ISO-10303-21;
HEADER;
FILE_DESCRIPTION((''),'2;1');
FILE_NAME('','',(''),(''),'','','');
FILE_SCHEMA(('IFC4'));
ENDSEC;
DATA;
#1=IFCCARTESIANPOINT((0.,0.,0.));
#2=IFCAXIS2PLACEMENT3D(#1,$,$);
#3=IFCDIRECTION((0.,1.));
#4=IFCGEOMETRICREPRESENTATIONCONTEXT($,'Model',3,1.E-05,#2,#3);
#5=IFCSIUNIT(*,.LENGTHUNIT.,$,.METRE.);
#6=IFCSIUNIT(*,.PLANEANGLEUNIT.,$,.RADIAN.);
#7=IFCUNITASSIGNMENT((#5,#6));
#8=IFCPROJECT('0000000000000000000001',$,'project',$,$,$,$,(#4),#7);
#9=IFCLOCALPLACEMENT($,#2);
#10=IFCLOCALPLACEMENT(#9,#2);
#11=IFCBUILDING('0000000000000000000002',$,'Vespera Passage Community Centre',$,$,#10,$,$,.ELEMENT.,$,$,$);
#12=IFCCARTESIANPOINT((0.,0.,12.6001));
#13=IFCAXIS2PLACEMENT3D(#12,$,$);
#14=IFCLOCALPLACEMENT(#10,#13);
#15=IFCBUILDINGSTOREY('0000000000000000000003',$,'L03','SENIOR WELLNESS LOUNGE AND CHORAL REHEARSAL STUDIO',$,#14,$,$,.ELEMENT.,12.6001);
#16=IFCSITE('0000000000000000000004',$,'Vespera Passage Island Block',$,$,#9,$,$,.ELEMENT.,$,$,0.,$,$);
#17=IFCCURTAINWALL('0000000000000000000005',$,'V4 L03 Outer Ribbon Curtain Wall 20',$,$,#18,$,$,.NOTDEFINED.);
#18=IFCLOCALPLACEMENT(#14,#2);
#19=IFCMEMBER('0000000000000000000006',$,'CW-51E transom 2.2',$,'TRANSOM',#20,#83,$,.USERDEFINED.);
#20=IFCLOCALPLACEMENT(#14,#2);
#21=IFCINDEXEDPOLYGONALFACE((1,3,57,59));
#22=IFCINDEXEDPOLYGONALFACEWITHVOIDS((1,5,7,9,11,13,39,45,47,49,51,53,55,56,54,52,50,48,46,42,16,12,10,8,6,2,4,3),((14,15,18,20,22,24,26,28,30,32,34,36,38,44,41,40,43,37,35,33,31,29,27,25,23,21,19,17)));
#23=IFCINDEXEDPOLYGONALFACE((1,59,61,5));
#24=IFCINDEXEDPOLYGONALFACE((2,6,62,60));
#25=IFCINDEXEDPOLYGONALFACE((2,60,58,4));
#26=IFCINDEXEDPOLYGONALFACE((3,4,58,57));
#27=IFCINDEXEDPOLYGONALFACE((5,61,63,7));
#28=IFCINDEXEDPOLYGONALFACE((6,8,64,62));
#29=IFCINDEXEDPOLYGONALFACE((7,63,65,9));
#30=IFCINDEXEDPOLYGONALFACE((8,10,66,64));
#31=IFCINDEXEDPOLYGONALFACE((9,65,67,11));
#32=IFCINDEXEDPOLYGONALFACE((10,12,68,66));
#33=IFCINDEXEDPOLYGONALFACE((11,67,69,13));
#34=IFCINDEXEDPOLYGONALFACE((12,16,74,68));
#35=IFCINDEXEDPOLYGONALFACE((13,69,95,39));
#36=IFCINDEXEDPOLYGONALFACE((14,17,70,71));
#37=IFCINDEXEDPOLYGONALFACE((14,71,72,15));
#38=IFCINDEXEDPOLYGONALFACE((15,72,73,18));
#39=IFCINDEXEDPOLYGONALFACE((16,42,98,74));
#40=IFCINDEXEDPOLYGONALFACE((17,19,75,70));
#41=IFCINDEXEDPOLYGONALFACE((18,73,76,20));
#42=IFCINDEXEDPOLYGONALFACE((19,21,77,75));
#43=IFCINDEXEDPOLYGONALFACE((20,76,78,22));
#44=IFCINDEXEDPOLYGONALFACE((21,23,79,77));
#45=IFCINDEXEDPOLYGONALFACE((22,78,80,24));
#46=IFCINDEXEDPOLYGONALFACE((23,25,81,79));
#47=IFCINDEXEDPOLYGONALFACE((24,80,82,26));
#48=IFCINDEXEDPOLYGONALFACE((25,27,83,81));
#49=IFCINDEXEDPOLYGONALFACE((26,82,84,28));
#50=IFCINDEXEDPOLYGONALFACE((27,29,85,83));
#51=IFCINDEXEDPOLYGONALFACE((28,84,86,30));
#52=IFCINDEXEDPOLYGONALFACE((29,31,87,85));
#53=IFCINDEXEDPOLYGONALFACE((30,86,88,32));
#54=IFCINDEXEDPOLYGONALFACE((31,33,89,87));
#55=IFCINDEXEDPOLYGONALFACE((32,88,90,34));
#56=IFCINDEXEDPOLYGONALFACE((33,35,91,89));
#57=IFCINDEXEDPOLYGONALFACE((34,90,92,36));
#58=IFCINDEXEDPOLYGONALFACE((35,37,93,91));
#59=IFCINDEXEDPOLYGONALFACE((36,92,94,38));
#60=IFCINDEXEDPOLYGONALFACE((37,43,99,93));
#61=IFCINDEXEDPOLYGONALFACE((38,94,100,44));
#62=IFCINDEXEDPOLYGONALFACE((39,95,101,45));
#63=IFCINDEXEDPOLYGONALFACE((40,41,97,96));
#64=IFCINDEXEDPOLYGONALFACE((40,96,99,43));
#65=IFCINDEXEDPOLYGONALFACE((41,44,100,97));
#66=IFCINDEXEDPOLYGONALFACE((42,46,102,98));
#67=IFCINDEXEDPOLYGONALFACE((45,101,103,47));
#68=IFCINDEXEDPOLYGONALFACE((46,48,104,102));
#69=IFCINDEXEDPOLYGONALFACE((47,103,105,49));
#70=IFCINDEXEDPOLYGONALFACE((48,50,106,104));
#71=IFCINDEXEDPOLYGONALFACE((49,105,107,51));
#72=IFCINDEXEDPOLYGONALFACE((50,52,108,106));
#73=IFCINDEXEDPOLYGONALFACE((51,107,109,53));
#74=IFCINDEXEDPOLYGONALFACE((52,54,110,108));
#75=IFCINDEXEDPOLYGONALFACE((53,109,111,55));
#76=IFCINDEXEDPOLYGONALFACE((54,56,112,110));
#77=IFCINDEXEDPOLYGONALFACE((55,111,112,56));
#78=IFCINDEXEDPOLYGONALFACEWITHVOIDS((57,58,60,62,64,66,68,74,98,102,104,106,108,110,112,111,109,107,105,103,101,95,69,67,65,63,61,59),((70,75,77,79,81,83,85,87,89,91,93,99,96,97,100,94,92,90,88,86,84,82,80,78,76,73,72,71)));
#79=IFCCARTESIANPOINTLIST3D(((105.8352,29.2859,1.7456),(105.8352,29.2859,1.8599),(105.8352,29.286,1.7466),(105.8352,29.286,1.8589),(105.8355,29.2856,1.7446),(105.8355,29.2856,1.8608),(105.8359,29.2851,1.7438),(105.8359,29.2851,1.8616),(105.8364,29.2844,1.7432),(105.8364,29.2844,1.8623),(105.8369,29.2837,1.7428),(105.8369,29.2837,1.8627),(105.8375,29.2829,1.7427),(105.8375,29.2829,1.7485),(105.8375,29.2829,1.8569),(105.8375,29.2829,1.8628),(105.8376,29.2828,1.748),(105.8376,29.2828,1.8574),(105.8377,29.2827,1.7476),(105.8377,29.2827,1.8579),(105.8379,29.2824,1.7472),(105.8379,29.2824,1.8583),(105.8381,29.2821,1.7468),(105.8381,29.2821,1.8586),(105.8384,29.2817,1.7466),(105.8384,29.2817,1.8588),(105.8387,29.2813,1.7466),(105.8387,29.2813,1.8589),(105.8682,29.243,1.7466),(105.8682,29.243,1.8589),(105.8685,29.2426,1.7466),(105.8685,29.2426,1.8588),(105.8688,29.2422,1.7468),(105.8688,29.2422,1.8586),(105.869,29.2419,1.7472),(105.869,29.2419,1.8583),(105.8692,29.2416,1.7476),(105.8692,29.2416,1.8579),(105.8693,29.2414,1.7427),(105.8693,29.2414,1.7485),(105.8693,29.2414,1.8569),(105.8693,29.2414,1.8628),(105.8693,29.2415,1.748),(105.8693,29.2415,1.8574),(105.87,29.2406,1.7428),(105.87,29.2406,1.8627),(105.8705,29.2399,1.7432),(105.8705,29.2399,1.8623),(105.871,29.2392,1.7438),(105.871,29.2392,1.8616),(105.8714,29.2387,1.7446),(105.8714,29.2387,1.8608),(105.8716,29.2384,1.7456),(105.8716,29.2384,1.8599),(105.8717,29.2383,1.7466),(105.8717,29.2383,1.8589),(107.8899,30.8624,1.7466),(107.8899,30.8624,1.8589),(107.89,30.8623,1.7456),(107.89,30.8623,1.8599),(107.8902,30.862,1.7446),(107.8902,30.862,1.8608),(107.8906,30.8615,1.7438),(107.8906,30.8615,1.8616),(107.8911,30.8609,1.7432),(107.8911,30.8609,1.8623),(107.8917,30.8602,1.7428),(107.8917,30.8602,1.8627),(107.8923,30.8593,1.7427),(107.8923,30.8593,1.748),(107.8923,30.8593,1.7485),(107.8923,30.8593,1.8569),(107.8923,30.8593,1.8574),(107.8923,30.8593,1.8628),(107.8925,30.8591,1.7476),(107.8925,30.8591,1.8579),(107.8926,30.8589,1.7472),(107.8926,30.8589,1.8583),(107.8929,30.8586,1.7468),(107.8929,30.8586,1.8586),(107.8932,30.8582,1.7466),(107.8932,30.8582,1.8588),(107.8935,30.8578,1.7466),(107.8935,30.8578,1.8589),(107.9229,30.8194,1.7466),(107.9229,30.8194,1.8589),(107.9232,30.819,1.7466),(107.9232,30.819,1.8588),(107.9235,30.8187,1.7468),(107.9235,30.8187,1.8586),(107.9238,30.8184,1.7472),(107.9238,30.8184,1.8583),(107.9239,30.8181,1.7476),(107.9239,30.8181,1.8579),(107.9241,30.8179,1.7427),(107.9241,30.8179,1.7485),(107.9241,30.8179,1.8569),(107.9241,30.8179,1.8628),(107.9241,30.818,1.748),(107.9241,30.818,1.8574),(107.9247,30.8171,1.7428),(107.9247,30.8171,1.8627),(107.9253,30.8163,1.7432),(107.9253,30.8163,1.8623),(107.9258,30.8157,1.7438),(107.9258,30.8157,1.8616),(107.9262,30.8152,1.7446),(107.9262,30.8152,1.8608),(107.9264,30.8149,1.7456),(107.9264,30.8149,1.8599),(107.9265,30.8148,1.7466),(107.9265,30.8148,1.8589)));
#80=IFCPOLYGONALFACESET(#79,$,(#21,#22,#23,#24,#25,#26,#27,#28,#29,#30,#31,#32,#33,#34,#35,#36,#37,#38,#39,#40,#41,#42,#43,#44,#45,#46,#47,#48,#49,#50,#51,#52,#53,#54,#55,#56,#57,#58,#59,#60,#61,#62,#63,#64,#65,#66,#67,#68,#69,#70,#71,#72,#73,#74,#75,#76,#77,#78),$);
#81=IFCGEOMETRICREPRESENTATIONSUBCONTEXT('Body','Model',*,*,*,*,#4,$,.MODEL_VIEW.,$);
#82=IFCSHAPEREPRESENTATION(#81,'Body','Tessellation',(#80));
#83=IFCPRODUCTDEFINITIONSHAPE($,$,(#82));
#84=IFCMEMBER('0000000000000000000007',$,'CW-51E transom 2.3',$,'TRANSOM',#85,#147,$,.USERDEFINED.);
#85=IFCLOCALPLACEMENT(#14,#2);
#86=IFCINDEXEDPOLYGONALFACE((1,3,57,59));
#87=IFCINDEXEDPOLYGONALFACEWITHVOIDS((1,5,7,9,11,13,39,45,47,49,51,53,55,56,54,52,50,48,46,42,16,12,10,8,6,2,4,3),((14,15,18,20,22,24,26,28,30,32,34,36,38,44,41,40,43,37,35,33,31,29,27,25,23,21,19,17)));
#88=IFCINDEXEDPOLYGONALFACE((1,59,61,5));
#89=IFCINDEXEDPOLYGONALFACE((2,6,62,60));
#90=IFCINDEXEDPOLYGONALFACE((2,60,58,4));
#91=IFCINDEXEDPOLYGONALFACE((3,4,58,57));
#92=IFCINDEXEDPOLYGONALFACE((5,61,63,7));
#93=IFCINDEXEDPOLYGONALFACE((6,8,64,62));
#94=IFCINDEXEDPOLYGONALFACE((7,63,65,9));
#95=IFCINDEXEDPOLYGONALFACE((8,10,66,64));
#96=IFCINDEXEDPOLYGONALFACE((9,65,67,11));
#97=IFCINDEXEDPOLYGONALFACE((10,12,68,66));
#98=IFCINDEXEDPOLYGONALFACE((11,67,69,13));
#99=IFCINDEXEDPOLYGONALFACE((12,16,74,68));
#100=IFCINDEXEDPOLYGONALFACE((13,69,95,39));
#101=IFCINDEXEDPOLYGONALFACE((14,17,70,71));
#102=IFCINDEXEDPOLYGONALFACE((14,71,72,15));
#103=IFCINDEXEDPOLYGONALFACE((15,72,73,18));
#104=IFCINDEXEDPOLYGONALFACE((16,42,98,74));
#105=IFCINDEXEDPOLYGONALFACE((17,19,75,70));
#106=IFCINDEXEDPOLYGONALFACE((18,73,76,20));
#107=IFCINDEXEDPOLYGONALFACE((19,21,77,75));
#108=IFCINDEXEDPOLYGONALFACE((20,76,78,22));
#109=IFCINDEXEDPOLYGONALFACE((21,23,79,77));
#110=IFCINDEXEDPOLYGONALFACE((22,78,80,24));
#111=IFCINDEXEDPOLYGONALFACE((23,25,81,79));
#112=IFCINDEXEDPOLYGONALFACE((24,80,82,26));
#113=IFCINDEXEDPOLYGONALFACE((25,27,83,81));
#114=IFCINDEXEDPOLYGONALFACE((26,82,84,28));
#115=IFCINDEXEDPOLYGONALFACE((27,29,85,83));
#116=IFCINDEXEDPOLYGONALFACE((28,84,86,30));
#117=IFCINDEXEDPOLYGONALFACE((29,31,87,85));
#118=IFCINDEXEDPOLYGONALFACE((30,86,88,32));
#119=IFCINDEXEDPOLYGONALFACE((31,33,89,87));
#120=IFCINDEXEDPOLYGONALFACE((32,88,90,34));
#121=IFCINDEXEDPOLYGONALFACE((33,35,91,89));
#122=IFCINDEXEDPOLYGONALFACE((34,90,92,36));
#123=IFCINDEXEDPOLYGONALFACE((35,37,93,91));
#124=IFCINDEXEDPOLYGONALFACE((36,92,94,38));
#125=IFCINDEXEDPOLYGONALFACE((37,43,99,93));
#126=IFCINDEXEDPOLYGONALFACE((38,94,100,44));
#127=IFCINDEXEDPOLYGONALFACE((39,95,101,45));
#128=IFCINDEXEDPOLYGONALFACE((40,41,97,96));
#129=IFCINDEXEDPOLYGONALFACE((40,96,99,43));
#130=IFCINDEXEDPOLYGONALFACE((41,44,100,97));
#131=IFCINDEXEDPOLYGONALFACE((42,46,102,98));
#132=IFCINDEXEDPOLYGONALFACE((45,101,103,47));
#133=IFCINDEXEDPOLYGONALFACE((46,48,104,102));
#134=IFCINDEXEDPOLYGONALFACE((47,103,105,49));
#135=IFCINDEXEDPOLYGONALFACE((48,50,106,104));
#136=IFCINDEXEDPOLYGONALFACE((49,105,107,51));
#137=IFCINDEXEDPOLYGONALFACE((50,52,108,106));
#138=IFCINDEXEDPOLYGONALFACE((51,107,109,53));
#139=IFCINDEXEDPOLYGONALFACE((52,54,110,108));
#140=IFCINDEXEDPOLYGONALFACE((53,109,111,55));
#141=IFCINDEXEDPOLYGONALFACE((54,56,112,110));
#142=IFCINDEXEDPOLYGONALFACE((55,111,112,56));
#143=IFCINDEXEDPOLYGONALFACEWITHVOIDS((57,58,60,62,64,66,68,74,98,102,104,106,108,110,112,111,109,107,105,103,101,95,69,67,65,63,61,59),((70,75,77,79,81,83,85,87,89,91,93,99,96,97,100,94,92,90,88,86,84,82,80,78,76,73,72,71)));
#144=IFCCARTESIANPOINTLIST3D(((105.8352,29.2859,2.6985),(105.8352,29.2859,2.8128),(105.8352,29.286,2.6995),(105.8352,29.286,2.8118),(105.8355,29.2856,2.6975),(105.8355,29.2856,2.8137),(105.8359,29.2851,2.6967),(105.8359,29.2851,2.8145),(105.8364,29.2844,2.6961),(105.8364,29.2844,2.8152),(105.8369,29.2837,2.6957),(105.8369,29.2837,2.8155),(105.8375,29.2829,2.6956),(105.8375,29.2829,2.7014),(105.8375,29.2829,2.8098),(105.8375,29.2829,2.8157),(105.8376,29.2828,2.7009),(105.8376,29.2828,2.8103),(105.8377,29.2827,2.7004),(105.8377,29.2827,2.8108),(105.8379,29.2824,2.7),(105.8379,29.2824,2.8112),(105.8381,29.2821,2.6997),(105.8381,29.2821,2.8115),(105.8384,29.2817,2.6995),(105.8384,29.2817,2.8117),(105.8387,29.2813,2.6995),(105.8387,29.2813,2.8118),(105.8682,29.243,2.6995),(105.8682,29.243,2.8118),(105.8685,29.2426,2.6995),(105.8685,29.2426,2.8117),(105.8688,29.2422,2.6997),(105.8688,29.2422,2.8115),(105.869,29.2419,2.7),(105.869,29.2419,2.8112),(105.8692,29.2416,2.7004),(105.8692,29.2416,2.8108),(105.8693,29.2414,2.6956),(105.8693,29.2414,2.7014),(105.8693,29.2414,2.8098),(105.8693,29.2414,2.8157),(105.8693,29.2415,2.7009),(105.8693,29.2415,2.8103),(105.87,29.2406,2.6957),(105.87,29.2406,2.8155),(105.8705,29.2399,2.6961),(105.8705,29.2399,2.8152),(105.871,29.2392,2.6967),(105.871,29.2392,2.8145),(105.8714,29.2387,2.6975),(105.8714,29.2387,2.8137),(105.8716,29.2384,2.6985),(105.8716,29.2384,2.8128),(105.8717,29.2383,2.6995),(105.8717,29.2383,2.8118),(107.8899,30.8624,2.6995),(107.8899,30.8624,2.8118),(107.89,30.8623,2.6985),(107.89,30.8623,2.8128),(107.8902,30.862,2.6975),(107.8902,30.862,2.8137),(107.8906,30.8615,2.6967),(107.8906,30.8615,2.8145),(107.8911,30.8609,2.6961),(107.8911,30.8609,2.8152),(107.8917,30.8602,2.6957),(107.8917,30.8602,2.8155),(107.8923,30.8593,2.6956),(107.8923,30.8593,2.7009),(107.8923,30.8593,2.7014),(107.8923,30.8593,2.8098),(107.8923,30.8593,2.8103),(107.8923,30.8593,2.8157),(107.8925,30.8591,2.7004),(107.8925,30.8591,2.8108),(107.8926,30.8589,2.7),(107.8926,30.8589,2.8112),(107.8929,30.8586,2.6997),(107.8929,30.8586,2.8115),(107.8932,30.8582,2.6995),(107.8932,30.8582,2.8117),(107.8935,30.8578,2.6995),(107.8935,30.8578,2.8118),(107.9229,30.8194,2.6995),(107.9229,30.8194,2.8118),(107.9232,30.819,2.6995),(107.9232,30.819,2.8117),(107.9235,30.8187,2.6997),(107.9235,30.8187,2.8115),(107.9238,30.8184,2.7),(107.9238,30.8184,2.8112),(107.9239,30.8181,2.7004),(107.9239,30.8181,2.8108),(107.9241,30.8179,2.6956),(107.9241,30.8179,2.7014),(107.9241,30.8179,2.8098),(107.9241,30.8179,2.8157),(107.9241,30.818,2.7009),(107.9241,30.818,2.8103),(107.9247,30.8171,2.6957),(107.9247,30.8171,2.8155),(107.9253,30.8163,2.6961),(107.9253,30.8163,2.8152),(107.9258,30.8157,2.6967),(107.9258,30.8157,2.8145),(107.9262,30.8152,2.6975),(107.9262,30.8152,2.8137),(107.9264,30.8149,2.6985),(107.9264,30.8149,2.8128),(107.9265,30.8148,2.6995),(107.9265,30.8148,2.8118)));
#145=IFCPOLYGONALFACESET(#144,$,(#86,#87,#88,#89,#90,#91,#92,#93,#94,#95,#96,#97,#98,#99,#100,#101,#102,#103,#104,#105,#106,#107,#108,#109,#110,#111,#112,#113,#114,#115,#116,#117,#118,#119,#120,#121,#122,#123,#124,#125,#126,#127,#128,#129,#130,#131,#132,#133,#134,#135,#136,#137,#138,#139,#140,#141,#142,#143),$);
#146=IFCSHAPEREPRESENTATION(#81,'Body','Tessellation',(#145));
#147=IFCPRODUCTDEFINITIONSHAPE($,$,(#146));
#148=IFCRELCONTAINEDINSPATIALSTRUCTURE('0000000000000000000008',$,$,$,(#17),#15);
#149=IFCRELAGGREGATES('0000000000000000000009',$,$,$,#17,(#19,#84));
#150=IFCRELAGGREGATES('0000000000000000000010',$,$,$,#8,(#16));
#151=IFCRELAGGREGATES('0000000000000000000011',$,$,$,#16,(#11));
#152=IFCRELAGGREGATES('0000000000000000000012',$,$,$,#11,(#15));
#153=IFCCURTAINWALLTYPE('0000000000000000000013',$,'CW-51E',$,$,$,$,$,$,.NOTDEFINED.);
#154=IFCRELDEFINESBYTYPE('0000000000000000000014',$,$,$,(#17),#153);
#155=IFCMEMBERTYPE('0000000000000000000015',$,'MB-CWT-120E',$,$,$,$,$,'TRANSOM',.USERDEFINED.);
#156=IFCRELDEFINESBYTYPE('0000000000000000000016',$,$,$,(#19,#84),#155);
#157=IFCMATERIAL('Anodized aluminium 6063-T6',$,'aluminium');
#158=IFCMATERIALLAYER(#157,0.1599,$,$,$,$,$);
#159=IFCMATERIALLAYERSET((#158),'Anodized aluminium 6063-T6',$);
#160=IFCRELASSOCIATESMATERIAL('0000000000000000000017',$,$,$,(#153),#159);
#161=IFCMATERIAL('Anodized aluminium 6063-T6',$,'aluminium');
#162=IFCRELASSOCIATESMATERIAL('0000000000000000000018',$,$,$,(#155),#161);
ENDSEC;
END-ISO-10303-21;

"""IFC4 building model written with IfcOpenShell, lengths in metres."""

from ifc_helpers import new_model, si_unit, direction, frame, origin, origin_2d, place, context, subcontext, project, spatial, hollow_rectangle, extrude, material, layer, layer_set, material_profile, profile_set, type_object, element, aggregate, save


model = new_model("IFC4")

# Units and contexts
model_context = context("Model", 3, precision=1e-05, world=origin(), true_north=direction((0.0, 1.0)))
body_context = subcontext(model_context, "Body", "Model", "MODEL_VIEW")
ifc_project = project(units=[si_unit("LENGTHUNIT", "METRE"), si_unit("PLANEANGLEUNIT", "RADIAN")], contexts=[model_context])

# Site, building, storey
site_placement = place(None, origin())
site = spatial("IfcSite", under=ifc_project, at=site_placement, Name="Vespera Passage Island Block", CompositionType="ELEMENT", RefElevation=0.0)
building_placement = place(site_placement, origin())
building = spatial("IfcBuilding", under=site, at=building_placement, Name="Vespera Passage Community Centre", CompositionType="ELEMENT")
storey_placement = place(building_placement, frame((0.0, 0.0, 12.6001)))
storey = spatial("IfcBuildingStorey", under=building, at=storey_placement, Name="L03", Description="SENIOR WELLNESS LOUNGE AND CHORAL REHEARSAL STUDIO", CompositionType="ELEMENT", Elevation=12.6001)

# Curtain wall, members
ifc_material_1 = material(Name="Anodized aluminium 6063-T6", Category="aluminium")
ifc_layer_1 = layer(ifc_material_1, 0.1599)
ifc_layer_set_1 = layer_set([ifc_layer_1], Name="Anodized aluminium 6063-T6")
curtain_wall_type = type_object("IfcCurtainWallType", Name="CW-51E", PredefinedType="NOTDEFINED", material=ifc_layer_set_1)
curtain_wall_placement = place(storey_placement, origin())
curtain_wall = element("IfcCurtainWall", 1, at=curtain_wall_placement, inside=storey, type_object=curtain_wall_type, Name="V4 L03 Outer Ribbon Curtain Wall 20", PredefinedType="NOTDEFINED")
ifc_material_2 = material(Name="Anodized aluminium 6063-T6", Category="aluminium")
ifc_material_profile_1 = material_profile(ifc_material_2, hollow_rectangle(XDim=0.0601, YDim=0.1201, WallThickness=0.0039, InnerFilletRadius=0.002, OuterFilletRadius=0.0039, at=origin_2d()), Name="ALU120X60X4")
ifc_profile_set_1 = profile_set([ifc_material_profile_1], Name="Anodized aluminium 6063-T6")
member_type_1 = type_object("IfcMemberType", Name="MB-CWT-120E", ElementType="TRANSOM", PredefinedType="USERDEFINED", material=ifc_profile_set_1)
member_1_placement = place(storey_placement, frame((107.9082, 30.8386, 1.8027), z_axis=(-0.793391, -0.608713, 0.0), x_axis=(0.608713, -0.793391, 0.0)))
member_1 = element("IfcMember", 2, at=member_1_placement, type_object=member_type_1, Name="CW-51E transom 2.2", ObjectType="TRANSOM", PredefinedType="USERDEFINED", context=body_context, shape_type="SweptSolid", body=[
    extrude(hollow_rectangle(XDim=0.0601, YDim=0.1201, WallThickness=0.0039, InnerFilletRadius=0.002, OuterFilletRadius=0.0039, at=origin_2d()), origin(), (0.0, 0.0, 1.0), 2.5898),
])
member_2_placement = place(storey_placement, frame((107.9082, 30.8386, 2.7556), z_axis=(-0.793391, -0.608713, 0.0), x_axis=(0.608713, -0.793391, 0.0)))
member_2 = element("IfcMember", 3, at=member_2_placement, type_object=member_type_1, Name="CW-51E transom 2.3", ObjectType="TRANSOM", PredefinedType="USERDEFINED", context=body_context, shape_type="SweptSolid", body=[
    extrude(hollow_rectangle(XDim=0.0601, YDim=0.1201, WallThickness=0.0039, InnerFilletRadius=0.002, OuterFilletRadius=0.0039, at=origin_2d()), origin(), (0.0, 0.0, 1.0), 2.5898),
])
aggregate(curtain_wall, [member_1, member_2])

save(model, "model.ifc")
